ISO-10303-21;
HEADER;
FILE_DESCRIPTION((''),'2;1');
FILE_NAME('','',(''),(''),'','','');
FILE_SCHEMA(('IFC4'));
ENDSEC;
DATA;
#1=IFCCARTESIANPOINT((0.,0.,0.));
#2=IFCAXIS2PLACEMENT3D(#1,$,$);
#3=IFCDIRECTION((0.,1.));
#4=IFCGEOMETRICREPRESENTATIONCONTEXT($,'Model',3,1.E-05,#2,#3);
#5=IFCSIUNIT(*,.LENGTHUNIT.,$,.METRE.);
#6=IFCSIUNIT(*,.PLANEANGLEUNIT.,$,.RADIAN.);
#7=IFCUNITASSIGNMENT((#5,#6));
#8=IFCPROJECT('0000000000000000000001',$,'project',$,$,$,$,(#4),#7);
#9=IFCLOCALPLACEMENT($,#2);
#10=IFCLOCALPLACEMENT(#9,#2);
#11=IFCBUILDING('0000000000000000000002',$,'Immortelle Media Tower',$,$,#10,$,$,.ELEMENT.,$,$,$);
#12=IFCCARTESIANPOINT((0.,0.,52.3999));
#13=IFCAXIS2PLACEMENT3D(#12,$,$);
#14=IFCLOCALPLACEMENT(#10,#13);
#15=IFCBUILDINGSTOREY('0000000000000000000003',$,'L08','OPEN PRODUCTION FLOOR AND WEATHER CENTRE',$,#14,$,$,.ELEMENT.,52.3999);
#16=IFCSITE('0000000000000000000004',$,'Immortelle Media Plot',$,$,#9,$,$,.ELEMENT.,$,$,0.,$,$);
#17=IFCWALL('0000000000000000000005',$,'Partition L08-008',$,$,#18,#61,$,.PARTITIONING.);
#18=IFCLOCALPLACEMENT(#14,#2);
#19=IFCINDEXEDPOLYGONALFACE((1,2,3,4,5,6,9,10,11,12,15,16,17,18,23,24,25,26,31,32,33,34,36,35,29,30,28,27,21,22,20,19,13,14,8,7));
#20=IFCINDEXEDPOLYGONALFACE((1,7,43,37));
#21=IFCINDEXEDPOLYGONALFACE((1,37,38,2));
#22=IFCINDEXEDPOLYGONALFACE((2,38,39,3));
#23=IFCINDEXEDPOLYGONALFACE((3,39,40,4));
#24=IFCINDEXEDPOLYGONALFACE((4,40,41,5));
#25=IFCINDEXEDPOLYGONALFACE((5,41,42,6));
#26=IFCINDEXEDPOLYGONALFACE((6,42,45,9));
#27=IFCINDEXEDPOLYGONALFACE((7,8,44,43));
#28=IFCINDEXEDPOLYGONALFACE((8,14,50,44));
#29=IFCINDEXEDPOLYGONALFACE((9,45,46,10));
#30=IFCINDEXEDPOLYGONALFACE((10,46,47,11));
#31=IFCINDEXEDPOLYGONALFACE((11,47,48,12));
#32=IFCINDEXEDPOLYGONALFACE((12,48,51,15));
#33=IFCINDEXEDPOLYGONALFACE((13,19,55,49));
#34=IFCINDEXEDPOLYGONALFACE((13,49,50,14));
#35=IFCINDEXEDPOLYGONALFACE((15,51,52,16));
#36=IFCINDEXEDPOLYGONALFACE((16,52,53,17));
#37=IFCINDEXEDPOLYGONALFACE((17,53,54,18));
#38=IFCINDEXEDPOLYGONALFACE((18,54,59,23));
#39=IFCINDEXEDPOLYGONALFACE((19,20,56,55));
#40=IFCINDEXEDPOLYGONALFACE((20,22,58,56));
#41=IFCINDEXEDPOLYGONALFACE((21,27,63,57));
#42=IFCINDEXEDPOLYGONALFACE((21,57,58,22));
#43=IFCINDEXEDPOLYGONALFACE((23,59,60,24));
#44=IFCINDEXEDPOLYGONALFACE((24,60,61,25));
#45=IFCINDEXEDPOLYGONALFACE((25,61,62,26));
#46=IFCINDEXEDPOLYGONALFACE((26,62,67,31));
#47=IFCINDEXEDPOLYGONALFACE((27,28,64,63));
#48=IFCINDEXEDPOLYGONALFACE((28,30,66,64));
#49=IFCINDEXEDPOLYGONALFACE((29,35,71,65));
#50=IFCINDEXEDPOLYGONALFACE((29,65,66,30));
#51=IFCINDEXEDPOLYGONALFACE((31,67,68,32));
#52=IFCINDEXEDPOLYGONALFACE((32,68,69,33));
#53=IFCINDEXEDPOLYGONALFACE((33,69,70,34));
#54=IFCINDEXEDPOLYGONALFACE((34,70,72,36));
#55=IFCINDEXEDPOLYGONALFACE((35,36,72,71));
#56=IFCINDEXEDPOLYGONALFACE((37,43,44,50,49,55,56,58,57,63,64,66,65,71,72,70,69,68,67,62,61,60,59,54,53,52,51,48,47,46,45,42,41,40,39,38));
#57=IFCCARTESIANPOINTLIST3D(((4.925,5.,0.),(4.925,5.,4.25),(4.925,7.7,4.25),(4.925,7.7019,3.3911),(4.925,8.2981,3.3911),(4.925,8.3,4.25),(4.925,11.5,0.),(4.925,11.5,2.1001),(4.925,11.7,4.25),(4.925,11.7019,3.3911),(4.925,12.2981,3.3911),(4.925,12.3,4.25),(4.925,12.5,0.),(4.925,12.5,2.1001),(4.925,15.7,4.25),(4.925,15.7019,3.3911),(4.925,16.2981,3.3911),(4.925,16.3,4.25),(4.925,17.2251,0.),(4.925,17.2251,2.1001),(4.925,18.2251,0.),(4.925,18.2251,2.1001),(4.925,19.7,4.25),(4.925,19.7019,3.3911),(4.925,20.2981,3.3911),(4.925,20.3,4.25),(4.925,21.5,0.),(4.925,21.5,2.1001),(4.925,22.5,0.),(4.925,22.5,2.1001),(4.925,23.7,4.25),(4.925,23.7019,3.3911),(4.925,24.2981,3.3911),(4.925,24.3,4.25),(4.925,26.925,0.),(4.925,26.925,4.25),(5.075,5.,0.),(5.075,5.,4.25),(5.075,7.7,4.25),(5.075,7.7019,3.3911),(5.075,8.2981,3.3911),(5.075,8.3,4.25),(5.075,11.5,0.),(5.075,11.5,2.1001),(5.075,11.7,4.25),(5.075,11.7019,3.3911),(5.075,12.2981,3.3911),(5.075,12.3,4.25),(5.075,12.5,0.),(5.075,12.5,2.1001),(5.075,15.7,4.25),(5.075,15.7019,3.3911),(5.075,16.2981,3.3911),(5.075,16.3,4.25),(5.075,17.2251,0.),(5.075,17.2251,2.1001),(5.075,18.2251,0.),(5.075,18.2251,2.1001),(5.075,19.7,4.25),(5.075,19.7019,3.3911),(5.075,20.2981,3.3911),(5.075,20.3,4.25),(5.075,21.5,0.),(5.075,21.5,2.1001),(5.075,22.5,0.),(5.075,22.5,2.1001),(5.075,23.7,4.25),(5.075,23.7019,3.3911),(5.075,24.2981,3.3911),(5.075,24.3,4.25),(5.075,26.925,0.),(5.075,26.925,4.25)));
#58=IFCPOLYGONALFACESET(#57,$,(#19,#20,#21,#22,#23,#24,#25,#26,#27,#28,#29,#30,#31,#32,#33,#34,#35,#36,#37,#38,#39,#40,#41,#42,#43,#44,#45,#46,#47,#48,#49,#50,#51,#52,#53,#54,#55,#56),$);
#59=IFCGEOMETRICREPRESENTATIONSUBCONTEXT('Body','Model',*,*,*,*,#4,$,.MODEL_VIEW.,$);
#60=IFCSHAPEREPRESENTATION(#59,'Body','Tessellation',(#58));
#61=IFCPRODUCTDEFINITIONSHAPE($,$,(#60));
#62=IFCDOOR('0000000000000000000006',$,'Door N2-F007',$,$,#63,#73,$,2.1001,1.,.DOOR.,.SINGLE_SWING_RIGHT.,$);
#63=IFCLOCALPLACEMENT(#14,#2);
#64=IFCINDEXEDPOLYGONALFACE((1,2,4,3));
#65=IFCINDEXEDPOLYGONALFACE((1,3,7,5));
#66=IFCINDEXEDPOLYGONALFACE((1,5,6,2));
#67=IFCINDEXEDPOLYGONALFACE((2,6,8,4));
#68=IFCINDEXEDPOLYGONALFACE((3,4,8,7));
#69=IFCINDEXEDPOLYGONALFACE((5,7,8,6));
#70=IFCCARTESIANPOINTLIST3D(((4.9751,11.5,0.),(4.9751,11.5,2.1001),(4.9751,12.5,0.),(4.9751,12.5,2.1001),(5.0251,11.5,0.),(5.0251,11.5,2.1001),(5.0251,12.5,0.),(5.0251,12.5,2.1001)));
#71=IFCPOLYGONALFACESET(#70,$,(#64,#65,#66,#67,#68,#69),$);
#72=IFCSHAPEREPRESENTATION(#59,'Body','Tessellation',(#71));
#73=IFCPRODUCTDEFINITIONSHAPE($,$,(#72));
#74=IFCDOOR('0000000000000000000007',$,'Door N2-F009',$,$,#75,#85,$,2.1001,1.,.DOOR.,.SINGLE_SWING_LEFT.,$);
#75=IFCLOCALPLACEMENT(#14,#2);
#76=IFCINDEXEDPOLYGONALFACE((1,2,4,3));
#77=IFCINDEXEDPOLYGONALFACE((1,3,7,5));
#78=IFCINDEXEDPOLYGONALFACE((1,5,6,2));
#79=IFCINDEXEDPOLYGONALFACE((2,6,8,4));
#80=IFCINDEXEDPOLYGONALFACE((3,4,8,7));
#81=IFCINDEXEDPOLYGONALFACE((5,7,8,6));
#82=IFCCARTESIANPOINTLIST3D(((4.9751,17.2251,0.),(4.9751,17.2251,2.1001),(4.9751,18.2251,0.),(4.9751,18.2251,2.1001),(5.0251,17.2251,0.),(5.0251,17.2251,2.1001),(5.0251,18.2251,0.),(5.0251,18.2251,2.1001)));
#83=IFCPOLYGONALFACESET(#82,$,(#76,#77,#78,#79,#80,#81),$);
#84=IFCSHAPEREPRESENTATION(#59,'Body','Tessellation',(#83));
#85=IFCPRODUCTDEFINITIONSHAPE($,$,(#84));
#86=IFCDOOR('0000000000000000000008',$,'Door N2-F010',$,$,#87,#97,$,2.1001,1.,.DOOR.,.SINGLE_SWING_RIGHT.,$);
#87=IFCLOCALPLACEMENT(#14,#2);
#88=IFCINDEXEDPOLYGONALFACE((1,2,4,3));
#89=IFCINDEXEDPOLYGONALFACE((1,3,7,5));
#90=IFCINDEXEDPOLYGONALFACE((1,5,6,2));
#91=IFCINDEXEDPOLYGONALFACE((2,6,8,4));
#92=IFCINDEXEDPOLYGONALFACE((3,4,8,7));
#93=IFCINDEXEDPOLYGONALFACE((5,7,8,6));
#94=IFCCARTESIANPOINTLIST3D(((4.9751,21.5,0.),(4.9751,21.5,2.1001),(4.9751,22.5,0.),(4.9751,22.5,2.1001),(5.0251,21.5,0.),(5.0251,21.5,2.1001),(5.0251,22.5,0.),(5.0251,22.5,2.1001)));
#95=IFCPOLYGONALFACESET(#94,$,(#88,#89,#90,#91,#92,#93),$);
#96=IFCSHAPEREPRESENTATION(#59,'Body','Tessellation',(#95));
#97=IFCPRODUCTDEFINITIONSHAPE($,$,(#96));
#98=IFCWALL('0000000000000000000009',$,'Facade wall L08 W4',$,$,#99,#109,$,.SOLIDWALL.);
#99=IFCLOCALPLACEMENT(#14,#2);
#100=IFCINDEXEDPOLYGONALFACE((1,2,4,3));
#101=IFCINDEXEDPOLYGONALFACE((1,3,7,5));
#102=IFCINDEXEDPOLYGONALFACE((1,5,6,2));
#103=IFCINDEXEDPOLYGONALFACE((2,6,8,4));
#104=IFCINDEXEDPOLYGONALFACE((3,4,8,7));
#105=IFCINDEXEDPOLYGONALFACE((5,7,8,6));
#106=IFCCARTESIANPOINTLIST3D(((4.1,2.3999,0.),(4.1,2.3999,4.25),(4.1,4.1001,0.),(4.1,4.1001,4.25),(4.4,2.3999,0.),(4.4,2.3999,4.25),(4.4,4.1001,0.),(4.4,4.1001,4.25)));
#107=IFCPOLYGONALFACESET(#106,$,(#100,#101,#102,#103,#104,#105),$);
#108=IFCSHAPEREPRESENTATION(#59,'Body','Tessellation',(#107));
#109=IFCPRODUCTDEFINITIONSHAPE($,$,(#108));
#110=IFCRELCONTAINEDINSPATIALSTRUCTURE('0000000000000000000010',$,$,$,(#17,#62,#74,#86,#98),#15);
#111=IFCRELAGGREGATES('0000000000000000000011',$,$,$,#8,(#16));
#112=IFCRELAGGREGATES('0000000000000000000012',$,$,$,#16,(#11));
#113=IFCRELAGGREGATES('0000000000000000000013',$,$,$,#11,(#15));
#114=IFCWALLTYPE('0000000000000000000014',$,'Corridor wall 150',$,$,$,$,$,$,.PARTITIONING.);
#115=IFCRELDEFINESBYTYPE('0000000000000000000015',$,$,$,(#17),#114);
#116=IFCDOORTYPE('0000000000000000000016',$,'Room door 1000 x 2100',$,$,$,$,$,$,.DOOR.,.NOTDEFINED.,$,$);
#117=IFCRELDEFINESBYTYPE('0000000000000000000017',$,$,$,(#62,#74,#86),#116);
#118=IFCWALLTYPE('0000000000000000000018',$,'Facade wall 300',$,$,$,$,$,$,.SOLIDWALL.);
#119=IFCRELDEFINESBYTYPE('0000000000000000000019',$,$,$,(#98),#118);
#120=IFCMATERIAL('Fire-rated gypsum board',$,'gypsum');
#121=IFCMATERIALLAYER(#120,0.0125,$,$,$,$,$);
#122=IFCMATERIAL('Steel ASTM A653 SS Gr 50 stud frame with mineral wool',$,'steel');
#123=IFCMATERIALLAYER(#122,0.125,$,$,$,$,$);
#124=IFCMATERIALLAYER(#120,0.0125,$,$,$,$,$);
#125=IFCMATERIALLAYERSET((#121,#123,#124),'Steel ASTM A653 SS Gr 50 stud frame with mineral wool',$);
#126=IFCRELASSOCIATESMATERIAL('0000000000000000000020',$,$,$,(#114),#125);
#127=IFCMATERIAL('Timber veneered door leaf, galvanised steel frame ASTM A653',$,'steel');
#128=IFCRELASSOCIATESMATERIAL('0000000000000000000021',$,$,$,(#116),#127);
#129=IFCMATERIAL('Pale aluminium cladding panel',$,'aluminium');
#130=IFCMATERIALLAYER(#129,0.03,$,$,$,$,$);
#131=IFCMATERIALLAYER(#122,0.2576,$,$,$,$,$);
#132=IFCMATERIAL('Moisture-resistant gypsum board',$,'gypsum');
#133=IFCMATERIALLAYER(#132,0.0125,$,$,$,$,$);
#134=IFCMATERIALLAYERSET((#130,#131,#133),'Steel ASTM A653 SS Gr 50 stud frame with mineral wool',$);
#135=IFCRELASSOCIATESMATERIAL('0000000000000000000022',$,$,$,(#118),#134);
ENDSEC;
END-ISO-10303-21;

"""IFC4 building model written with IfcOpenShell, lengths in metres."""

from ifc_helpers import new_model, si_unit, direction, frame, frame_2d, origin, place, context, subcontext, project, spatial, polyline, rectangle, outline, extrude, material, layer, layer_set, type_object, element, fill, save


model = new_model("IFC4")

# Units and contexts
model_context = context("Model", 3, precision=1e-05, world=origin(), true_north=direction((0.0, 1.0)))
body_context = subcontext(model_context, "Body", "Model", "MODEL_VIEW")
ifc_project = project(units=[si_unit("LENGTHUNIT", "METRE"), si_unit("PLANEANGLEUNIT", "RADIAN")], contexts=[model_context])

# Site, building, storey
site_placement = place(None, origin())
site = spatial("IfcSite", under=ifc_project, at=site_placement, Name="Immortelle Media Plot", CompositionType="ELEMENT", RefElevation=0.0)
building_placement = place(site_placement, origin())
building = spatial("IfcBuilding", under=site, at=building_placement, Name="Immortelle Media Tower", CompositionType="ELEMENT")
storey_placement = place(building_placement, frame((0.0, 0.0, 52.3999)))
storey = spatial("IfcBuildingStorey", under=building, at=storey_placement, Name="L08", Description="OPEN PRODUCTION FLOOR AND WEATHER CENTRE", CompositionType="ELEMENT", Elevation=52.3999)

# Wall, openings, doors
ifc_material_1 = material(Name="Fire-rated gypsum board", Category="gypsum")
ifc_layer_1 = layer(ifc_material_1, 0.0125)
ifc_material_2 = material(Name="Steel ASTM A653 SS Gr 50 stud frame with mineral wool", Category="steel")
ifc_layer_2 = layer(ifc_material_2, 0.125)
ifc_layer_3 = layer(ifc_material_1, 0.0125)
ifc_layer_set_1 = layer_set([ifc_layer_1, ifc_layer_2, ifc_layer_3], Name="Steel ASTM A653 SS Gr 50 stud frame with mineral wool")
wall_type_1 = type_object("IfcWallType", Name="Corridor wall 150", PredefinedType="PARTITIONING", material=ifc_layer_set_1)
ifc_material_3 = material(Name="Timber veneered door leaf, galvanised steel frame ASTM A653", Category="steel")
door_type = type_object("IfcDoorType", Name="Room door 1000 x 2100", OperationType="NOTDEFINED", PredefinedType="DOOR", material=ifc_material_3)
wall_1_placement = place(storey_placement, frame((5.0, 5.0, 0.0), z_axis=(0.0, 0.0, 1.0), x_axis=(0.0, 1.0, 0.0)))
wall_1 = element("IfcWall", 1, at=wall_1_placement, inside=storey, type_object=wall_type_1, Name="Partition L08-008", PredefinedType="PARTITIONING", context=body_context, shape_type="SweptSolid", body=[
    extrude(outline(polyline([(0.0, 0.0), (21.925, 0.0), (21.925, 4.25), (19.3, 4.25), (19.2981, 3.3911), (18.7019, 3.3911), (18.7, 4.25), (15.3, 4.25), (15.2981, 3.3911), (14.7019, 3.3911), (14.7, 4.25), (11.3, 4.25), (11.2981, 3.3911), (10.7019, 3.3911), (10.7, 4.25), (7.3, 4.25), (7.2981, 3.3911), (6.7019, 3.3911), (6.7, 4.25), (3.3, 4.25), (3.2981, 3.3911), (2.7019, 3.3911), (2.7, 4.25), (0.0, 4.25), (0.0, 0.0)])), frame((0.0, 0.075, 0.0), z_axis=(0.0, -1.0, 0.0), x_axis=(1.0, 0.0, 0.0)), (0.0, 0.0, 1.0), 0.1499),
])
opening_1_placement = place(wall_1_placement, frame((6.5, 0.0, 0.0)))
opening_1 = element("IfcOpeningElement", 2, at=opening_1_placement, cuts=wall_1, PredefinedType="OPENING", context=body_context, shape_type="SweptSolid", body=[
    extrude(rectangle(XDim=1.0, YDim=2.1001, at=frame_2d((0.5, 1.05))), frame((0.0, 0.085, 0.0), z_axis=(0.0, -1.0, 0.0), x_axis=(1.0, 0.0, 0.0)), (0.0, 0.0, 1.0), 0.1699),
])
opening_2_placement = place(wall_1_placement, frame((12.2251, 0.0, 0.0)))
opening_2 = element("IfcOpeningElement", 3, at=opening_2_placement, cuts=wall_1, PredefinedType="OPENING", context=body_context, shape_type="SweptSolid", body=[
    extrude(rectangle(XDim=1.0, YDim=2.1001, at=frame_2d((0.5, 1.05))), frame((0.0, 0.085, 0.0), z_axis=(0.0, -1.0, 0.0), x_axis=(1.0, 0.0, 0.0)), (0.0, 0.0, 1.0), 0.1699),
])
opening_3_placement = place(wall_1_placement, frame((16.5, 0.0, 0.0)))
opening_3 = element("IfcOpeningElement", 4, at=opening_3_placement, cuts=wall_1, PredefinedType="OPENING", context=body_context, shape_type="SweptSolid", body=[
    extrude(rectangle(XDim=1.0, YDim=2.1001, at=frame_2d((0.5, 1.05))), frame((0.0, 0.085, 0.0), z_axis=(0.0, -1.0, 0.0), x_axis=(1.0, 0.0, 0.0)), (0.0, 0.0, 1.0), 0.1699),
])
door_1_placement = place(opening_1_placement, origin())
door_1 = element("IfcDoor", 5, at=door_1_placement, inside=storey, type_object=door_type, Name="Door N2-F007", OperationType="SINGLE_SWING_RIGHT", OverallHeight=2.1001, OverallWidth=1.0, PredefinedType="DOOR", context=body_context, shape_type="SweptSolid", body=[
    extrude(rectangle(XDim=1.0, YDim=2.1001, at=frame_2d((0.5, 1.05))), frame((0.0, 0.0249, 0.0), z_axis=(0.0, -1.0, 0.0), x_axis=(1.0, 0.0, 0.0)), (0.0, 0.0, 1.0), 0.05),
])
fill(opening_1, door_1)
door_2_placement = place(opening_2_placement, origin())
door_2 = element("IfcDoor", 6, at=door_2_placement, inside=storey, type_object=door_type, Name="Door N2-F009", OperationType="SINGLE_SWING_LEFT", OverallHeight=2.1001, OverallWidth=1.0, PredefinedType="DOOR", context=body_context, shape_type="SweptSolid", body=[
    extrude(rectangle(XDim=1.0, YDim=2.1001, at=frame_2d((0.5, 1.05))), frame((0.0, 0.0249, 0.0), z_axis=(0.0, -1.0, 0.0), x_axis=(1.0, 0.0, 0.0)), (0.0, 0.0, 1.0), 0.05),
])
fill(opening_2, door_2)
door_3_placement = place(opening_3_placement, origin())
door_3 = element("IfcDoor", 7, at=door_3_placement, inside=storey, type_object=door_type, Name="Door N2-F010", OperationType="SINGLE_SWING_RIGHT", OverallHeight=2.1001, OverallWidth=1.0, PredefinedType="DOOR", context=body_context, shape_type="SweptSolid", body=[
    extrude(rectangle(XDim=1.0, YDim=2.1001, at=frame_2d((0.5, 1.05))), frame((0.0, 0.0249, 0.0), z_axis=(0.0, -1.0, 0.0), x_axis=(1.0, 0.0, 0.0)), (0.0, 0.0, 1.0), 0.05),
])
fill(opening_3, door_3)

# Wall
ifc_material_4 = material(Name="Pale aluminium cladding panel", Category="aluminium")
ifc_layer_4 = layer(ifc_material_4, 0.03)
ifc_layer_5 = layer(ifc_material_2, 0.2576)
ifc_material_5 = material(Name="Moisture-resistant gypsum board", Category="gypsum")
ifc_layer_6 = layer(ifc_material_5, 0.0125)
ifc_layer_set_2 = layer_set([ifc_layer_4, ifc_layer_5, ifc_layer_6], Name="Steel ASTM A653 SS Gr 50 stud frame with mineral wool")
wall_type_2 = type_object("IfcWallType", Name="Facade wall 300", PredefinedType="SOLIDWALL", material=ifc_layer_set_2)
wall_2_placement = place(storey_placement, frame((4.25, 4.1001, 0.0), z_axis=(0.0, 0.0, 1.0), x_axis=(0.0, -1.0, 0.0)))
element("IfcWall", 8, at=wall_2_placement, inside=storey, type_object=wall_type_2, Name="Facade wall L08 W4", PredefinedType="SOLIDWALL", context=body_context, shape_type="SweptSolid", body=[
    extrude(rectangle(XDim=1.7002, YDim=0.3, at=frame_2d((0.8501, 0.0))), origin(), (0.0, 0.0, 1.0), 4.25),
])

save(model, "model.ifc")
